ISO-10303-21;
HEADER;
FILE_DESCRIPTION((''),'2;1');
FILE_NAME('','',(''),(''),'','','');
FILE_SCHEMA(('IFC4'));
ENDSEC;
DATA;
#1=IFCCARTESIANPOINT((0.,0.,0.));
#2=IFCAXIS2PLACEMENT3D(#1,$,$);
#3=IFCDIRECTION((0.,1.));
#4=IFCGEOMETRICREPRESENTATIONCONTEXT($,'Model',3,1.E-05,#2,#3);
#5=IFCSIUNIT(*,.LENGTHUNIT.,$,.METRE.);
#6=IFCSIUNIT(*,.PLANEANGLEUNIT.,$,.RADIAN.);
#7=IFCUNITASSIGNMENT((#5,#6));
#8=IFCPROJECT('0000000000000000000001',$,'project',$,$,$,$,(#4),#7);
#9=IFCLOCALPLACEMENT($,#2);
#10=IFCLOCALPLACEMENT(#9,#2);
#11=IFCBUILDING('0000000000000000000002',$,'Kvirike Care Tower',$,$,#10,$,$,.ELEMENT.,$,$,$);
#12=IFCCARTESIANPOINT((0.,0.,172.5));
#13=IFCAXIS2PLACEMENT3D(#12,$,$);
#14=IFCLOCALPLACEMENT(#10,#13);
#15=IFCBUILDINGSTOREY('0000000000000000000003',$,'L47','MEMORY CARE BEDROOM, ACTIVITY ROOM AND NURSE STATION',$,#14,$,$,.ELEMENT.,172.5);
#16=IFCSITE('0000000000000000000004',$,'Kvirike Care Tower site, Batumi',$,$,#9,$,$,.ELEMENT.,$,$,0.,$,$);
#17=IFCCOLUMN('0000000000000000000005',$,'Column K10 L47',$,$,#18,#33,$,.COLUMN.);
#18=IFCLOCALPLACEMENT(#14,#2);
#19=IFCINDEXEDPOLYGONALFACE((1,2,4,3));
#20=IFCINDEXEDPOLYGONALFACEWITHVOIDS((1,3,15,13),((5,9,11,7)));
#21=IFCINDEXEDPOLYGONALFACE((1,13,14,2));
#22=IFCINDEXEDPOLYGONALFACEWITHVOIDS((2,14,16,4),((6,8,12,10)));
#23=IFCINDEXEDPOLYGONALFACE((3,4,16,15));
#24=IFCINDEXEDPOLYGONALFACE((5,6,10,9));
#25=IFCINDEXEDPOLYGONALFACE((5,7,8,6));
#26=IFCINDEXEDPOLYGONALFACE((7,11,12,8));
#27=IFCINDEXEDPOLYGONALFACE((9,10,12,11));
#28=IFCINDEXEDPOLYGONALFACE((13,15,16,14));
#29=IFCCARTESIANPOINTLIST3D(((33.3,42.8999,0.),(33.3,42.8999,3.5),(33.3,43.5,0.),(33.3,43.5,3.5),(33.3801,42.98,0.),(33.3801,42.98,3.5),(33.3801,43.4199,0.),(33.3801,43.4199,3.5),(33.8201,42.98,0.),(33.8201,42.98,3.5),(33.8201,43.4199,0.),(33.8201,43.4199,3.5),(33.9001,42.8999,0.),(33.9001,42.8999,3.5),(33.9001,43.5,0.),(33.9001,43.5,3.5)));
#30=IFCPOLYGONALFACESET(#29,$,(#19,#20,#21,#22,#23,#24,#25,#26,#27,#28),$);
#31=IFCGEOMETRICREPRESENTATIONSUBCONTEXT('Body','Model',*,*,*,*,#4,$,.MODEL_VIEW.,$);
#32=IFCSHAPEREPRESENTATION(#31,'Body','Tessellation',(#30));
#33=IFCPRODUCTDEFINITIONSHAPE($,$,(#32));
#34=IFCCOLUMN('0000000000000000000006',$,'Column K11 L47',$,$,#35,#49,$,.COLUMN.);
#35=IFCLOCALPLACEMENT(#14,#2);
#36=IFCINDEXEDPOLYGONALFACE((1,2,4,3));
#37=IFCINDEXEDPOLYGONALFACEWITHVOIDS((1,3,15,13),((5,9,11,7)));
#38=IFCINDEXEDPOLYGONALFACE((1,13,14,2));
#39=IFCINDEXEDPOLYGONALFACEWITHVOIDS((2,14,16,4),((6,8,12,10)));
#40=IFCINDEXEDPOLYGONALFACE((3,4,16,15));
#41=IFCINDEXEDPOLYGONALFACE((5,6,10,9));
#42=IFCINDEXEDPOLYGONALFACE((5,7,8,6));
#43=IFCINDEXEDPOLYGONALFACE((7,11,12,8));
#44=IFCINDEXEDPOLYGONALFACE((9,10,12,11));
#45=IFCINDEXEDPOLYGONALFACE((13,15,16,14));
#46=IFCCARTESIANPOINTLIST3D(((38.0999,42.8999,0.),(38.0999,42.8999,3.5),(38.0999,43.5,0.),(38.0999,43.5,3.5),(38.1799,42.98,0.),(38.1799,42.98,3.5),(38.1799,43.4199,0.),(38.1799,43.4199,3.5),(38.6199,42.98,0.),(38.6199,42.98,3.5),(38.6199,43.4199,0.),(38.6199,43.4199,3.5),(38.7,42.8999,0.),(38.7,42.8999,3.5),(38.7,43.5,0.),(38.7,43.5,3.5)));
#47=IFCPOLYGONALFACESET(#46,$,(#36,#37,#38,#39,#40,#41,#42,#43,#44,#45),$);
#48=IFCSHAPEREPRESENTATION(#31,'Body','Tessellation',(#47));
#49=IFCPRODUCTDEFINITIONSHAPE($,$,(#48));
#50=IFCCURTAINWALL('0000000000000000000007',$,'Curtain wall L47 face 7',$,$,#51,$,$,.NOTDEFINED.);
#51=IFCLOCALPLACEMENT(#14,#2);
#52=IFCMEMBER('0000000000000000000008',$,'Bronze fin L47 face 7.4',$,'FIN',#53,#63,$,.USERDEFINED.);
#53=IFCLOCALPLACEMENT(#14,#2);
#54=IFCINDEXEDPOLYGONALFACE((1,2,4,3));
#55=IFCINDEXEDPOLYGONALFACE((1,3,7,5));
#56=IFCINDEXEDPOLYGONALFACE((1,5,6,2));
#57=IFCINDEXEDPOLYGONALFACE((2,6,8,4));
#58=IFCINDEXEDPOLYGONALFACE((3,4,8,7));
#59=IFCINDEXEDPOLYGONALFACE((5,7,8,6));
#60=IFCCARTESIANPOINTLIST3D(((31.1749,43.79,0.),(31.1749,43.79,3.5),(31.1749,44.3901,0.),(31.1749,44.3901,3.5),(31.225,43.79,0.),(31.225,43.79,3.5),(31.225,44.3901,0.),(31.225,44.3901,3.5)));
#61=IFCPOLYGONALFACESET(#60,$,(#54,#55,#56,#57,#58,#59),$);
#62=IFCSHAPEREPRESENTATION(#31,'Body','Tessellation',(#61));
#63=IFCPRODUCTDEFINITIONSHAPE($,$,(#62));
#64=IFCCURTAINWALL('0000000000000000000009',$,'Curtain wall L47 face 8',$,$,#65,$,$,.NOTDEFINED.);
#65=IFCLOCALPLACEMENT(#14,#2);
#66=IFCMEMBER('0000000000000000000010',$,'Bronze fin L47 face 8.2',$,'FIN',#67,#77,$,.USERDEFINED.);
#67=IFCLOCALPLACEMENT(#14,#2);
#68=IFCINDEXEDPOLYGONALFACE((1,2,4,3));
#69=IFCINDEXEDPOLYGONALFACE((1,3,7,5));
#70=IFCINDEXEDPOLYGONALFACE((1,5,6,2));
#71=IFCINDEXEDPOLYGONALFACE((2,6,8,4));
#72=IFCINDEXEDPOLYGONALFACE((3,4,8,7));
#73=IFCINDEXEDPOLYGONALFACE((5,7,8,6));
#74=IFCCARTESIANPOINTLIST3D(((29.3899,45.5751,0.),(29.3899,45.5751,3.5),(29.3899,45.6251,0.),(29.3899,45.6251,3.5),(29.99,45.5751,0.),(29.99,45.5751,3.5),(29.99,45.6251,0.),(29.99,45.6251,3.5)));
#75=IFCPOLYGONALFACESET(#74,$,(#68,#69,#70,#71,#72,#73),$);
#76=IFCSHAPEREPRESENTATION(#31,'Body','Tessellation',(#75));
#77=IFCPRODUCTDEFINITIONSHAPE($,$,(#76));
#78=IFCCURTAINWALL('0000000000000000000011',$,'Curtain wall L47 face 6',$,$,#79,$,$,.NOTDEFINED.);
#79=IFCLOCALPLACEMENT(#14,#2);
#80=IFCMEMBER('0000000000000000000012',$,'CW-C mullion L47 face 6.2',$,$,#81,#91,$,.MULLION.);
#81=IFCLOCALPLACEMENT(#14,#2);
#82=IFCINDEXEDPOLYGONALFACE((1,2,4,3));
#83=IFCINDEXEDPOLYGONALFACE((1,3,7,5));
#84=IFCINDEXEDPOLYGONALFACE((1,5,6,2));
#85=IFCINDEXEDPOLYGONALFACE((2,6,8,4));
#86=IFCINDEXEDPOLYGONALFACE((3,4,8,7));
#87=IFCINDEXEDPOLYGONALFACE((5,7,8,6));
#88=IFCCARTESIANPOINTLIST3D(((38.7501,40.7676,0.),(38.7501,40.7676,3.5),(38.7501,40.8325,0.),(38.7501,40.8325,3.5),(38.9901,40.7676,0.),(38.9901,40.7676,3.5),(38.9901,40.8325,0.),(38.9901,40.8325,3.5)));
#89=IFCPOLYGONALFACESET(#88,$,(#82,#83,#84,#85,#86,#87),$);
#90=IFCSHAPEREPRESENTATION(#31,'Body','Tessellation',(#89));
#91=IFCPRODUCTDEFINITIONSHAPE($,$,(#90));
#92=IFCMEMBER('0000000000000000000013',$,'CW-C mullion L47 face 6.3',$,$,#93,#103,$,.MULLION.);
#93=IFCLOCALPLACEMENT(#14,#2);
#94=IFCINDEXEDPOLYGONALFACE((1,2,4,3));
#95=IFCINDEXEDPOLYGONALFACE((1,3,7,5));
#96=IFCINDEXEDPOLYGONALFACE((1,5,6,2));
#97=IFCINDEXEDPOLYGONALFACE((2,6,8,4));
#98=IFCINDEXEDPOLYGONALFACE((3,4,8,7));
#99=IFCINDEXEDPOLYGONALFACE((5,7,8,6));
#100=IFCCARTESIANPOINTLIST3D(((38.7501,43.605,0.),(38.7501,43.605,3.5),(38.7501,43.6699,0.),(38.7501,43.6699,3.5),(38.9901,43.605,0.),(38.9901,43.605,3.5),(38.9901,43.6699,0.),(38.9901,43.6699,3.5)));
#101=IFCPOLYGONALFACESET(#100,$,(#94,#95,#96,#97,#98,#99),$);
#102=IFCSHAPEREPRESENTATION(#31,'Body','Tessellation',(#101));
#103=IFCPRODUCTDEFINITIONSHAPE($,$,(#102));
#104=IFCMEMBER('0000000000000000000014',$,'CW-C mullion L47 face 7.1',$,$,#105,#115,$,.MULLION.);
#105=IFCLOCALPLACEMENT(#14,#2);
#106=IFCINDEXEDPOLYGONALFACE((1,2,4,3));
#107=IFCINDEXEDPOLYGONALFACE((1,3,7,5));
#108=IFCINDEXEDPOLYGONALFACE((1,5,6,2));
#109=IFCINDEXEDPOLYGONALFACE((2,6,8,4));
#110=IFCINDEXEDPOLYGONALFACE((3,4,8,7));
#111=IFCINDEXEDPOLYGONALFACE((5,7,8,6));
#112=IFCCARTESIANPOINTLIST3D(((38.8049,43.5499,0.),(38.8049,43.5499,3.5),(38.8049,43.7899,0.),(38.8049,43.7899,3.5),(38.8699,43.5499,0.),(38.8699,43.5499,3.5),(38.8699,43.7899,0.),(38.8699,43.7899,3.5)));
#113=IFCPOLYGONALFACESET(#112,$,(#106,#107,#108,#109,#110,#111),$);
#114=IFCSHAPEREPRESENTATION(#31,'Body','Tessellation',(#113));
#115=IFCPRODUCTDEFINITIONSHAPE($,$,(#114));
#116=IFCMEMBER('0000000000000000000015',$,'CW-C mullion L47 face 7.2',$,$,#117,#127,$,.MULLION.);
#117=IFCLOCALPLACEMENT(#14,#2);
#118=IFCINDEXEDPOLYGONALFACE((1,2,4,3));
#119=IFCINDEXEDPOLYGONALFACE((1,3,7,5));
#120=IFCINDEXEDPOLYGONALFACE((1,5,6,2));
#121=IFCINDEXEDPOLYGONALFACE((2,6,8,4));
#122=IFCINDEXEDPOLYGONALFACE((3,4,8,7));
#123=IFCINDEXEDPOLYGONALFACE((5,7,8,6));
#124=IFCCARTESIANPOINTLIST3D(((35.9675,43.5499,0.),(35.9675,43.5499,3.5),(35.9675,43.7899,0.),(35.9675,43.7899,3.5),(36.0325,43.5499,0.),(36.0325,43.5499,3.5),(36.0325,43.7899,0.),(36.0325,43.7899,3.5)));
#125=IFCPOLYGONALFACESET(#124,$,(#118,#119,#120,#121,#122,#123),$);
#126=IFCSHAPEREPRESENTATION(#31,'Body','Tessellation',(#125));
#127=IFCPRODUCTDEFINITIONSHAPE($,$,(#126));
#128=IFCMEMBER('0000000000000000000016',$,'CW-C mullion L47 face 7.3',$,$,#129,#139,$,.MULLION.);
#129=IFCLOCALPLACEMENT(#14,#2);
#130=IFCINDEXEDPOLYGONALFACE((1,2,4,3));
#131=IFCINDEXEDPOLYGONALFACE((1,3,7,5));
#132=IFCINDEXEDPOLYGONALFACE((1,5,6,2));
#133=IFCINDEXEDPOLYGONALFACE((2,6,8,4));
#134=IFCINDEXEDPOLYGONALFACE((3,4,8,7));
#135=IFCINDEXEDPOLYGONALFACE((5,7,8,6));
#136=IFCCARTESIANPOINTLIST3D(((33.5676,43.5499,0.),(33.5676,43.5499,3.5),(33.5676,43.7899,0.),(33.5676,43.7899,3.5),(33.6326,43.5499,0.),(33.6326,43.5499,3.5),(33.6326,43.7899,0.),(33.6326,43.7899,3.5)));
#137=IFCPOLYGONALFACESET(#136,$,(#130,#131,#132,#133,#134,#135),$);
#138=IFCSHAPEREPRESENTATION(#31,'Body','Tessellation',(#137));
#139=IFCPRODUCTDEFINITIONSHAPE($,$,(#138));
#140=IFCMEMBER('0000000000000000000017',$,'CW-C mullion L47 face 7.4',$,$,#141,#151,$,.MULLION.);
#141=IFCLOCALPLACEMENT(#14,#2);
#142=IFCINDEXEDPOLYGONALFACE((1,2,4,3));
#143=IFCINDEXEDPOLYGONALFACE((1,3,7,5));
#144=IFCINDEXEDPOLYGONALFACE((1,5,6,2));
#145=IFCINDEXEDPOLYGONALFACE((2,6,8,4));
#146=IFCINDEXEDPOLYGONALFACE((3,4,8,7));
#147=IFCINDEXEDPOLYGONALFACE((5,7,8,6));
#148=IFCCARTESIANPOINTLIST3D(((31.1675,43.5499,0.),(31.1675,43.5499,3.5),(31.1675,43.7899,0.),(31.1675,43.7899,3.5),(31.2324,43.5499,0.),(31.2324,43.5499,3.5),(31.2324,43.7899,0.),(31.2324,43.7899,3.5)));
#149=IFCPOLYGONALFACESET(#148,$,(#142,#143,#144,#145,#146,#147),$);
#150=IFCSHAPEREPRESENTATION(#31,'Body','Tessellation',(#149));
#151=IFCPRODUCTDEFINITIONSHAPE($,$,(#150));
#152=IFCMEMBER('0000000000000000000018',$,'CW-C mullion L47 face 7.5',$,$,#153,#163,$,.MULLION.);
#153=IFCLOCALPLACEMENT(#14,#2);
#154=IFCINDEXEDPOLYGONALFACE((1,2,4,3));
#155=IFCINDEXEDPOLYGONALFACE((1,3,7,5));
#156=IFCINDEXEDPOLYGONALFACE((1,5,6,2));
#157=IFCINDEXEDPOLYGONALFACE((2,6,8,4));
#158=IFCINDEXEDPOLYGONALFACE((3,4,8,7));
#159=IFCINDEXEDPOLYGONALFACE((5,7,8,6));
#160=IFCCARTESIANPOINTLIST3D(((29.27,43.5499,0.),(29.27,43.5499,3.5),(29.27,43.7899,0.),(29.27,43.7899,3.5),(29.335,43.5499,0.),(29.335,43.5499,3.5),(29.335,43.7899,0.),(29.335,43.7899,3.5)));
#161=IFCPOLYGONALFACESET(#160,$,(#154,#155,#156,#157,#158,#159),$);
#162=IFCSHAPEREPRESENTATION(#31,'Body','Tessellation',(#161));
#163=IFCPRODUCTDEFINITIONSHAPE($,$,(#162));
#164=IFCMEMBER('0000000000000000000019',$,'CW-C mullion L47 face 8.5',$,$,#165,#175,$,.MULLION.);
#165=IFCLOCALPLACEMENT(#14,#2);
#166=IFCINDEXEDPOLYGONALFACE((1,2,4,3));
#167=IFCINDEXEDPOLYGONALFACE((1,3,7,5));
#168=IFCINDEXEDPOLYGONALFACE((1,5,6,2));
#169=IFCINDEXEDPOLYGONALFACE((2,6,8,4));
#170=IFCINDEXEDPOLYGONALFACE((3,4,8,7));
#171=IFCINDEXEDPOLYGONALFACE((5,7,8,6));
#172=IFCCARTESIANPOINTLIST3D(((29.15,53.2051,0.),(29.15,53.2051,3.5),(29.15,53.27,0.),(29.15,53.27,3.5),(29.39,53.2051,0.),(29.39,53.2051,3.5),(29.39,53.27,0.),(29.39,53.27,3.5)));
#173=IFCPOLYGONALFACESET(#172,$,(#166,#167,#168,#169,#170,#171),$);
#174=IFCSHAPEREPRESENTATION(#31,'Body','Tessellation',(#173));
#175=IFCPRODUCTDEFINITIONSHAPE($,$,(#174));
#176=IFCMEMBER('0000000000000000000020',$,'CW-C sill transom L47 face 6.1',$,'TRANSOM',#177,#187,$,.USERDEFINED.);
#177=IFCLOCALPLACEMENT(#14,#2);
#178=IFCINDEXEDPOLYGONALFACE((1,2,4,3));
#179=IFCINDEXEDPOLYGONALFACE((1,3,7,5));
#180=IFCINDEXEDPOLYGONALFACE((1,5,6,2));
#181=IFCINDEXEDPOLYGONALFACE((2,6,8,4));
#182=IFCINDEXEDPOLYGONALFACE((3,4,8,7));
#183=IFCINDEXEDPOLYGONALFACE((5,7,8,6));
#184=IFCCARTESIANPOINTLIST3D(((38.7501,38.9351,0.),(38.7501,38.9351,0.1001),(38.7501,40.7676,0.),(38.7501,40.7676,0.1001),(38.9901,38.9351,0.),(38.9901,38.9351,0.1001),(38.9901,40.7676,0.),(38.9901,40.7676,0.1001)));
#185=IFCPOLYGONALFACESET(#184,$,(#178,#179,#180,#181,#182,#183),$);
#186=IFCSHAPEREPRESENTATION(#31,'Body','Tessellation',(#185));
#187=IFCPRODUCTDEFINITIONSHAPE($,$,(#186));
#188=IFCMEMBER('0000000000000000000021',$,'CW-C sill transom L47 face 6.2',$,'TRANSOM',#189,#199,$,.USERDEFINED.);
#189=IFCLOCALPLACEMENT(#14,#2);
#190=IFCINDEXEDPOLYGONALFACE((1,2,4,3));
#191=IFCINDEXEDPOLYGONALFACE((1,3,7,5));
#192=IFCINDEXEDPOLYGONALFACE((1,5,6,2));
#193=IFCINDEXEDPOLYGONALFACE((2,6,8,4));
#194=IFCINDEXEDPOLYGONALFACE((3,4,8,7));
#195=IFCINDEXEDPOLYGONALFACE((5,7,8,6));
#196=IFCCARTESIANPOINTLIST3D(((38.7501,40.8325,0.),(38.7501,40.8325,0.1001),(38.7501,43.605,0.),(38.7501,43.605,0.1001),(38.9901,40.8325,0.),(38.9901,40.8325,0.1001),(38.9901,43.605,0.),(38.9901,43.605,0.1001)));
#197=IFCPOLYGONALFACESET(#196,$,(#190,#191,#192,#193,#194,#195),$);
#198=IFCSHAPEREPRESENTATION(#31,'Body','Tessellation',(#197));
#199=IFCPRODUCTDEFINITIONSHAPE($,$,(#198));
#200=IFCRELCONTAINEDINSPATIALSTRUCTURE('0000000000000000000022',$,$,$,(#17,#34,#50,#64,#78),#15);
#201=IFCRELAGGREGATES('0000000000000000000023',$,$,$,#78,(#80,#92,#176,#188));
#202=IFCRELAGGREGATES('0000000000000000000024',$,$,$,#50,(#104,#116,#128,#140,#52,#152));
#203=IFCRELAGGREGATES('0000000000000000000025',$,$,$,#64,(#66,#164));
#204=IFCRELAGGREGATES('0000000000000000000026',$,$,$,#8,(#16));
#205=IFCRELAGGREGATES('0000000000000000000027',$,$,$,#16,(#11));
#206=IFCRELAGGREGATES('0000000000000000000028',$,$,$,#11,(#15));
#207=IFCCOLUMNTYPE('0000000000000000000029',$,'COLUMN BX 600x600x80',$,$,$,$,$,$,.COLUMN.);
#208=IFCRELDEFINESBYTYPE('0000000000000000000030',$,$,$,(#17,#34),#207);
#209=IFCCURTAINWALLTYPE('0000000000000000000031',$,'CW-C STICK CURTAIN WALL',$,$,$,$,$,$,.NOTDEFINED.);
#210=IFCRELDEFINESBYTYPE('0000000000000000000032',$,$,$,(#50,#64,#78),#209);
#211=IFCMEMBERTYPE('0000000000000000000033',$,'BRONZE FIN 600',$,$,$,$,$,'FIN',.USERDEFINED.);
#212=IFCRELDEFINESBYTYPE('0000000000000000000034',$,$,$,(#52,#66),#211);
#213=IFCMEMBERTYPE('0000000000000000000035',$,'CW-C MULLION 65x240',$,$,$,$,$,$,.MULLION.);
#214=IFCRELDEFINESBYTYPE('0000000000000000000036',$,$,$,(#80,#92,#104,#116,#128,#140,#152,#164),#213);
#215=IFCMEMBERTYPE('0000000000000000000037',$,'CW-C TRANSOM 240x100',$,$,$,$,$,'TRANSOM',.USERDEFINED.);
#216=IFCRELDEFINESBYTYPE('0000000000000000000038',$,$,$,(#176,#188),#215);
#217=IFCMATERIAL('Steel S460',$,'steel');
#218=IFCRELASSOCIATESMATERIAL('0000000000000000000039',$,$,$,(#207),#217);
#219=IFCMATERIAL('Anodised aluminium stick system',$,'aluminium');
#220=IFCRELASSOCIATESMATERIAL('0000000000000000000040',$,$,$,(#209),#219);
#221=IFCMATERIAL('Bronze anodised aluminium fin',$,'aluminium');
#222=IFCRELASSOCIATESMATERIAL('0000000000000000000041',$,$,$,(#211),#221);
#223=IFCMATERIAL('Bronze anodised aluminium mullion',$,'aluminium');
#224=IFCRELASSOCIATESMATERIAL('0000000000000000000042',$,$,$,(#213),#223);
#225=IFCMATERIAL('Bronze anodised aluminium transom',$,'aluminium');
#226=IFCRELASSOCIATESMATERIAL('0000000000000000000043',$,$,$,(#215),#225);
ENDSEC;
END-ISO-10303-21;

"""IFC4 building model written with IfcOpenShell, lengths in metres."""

from ifc_helpers import new_model, si_unit, direction, frame, origin, origin_2d, place, context, subcontext, project, spatial, rectangle, hollow_rectangle, extrude, material, material_profile, profile_set, type_object, element, aggregate, save


model = new_model("IFC4")

# Units and contexts
model_context = context("Model", 3, precision=1e-05, world=origin(), true_north=direction((0.0, 1.0)))
body_context = subcontext(model_context, "Body", "Model", "MODEL_VIEW")
ifc_project = project(units=[si_unit("LENGTHUNIT", "METRE"), si_unit("PLANEANGLEUNIT", "RADIAN")], contexts=[model_context])

# Site, building, storey
site_placement = place(None, origin())
site = spatial("IfcSite", under=ifc_project, at=site_placement, Name="Kvirike Care Tower site, Batumi", CompositionType="ELEMENT", RefElevation=0.0)
building_placement = place(site_placement, origin())
building = spatial("IfcBuilding", under=site, at=building_placement, Name="Kvirike Care Tower", CompositionType="ELEMENT")
storey_placement = place(building_placement, frame((0.0, 0.0, 172.5)))
storey = spatial("IfcBuildingStorey", under=building, at=storey_placement, Name="L47", Description="MEMORY CARE BEDROOM, ACTIVITY ROOM AND NURSE STATION", CompositionType="ELEMENT", Elevation=172.5)

# Columns
ifc_material_1 = material(Name="Steel S460", Category="steel")
ifc_material_profile_1 = material_profile(ifc_material_1, hollow_rectangle(XDim=0.6001, YDim=0.6001, WallThickness=0.0801, at=origin_2d()), Name="BX 600x600x80")
ifc_profile_set_1 = profile_set([ifc_material_profile_1], Name="Steel S460")
column_type = type_object("IfcColumnType", Name="COLUMN BX 600x600x80", PredefinedType="COLUMN", material=ifc_profile_set_1)
for number, where, z_axis, x_axis, name in (
    (1, (33.6001, 43.2, 0.0), (0.0, 0.0, 1.0), (0.0, 1.0, 0.0), "Column K10 L47"),
    (2, (38.3999, 43.2, 0.0), (0.0, 0.0, 1.0), (0.0, 1.0, 0.0), "Column K11 L47"),
):
    element("IfcColumn", number, at=place(storey_placement, frame(where, z_axis=z_axis, x_axis=x_axis)), inside=storey, type_object=column_type, Name=name, PredefinedType="COLUMN", context=body_context, shape_type="SweptSolid", body=[
        extrude(hollow_rectangle(XDim=0.6001, YDim=0.6001, WallThickness=0.0801, at=origin_2d()), origin(), (0.0, 0.0, 1.0), 3.5),
    ])

# Curtain walls, members
ifc_material_2 = material(Name="Anodised aluminium stick system", Category="aluminium")
curtain_wall_type = type_object("IfcCurtainWallType", Name="CW-C STICK CURTAIN WALL", PredefinedType="NOTDEFINED", material=ifc_material_2)
curtain_wall_1_placement = place(storey_placement, origin())
curtain_wall_1 = element("IfcCurtainWall", 3, at=curtain_wall_1_placement, inside=storey, type_object=curtain_wall_type, Name="Curtain wall L47 face 7", PredefinedType="NOTDEFINED")
ifc_material_3 = material(Name="Bronze anodised aluminium fin", Category="aluminium")
ifc_material_profile_2 = material_profile(ifc_material_3, rectangle(XDim=0.05, YDim=0.6001, at=origin_2d()), Name="BRONZE FIN 600")
ifc_profile_set_2 = profile_set([ifc_material_profile_2], Name="Bronze anodised aluminium fin")
member_type_1 = type_object("IfcMemberType", Name="BRONZE FIN 600", ElementType="FIN", PredefinedType="USERDEFINED", material=ifc_profile_set_2)
member_1_placement = place(storey_placement, frame((31.2, 44.0901, 0.0), z_axis=(0.0, 0.0, 1.0), x_axis=(-1.0, 0.0, 0.0)))
member_1 = element("IfcMember", 4, at=member_1_placement, type_object=member_type_1, Name="Bronze fin L47 face 7.4", ObjectType="FIN", PredefinedType="USERDEFINED", context=body_context, shape_type="SweptSolid", body=[
    extrude(rectangle(XDim=0.05, YDim=0.6001, at=origin_2d()), origin(), (0.0, 0.0, 1.0), 3.5),
])
curtain_wall_2_placement = place(storey_placement, origin())
curtain_wall_2 = element("IfcCurtainWall", 5, at=curtain_wall_2_placement, inside=storey, type_object=curtain_wall_type, Name="Curtain wall L47 face 8", PredefinedType="NOTDEFINED")
member_2_placement = place(storey_placement, frame((29.6899, 45.6001, 0.0), z_axis=(0.0, 0.0, 1.0), x_axis=(0.0, 1.0, 0.0)))
member_2 = element("IfcMember", 6, at=member_2_placement, type_object=member_type_1, Name="Bronze fin L47 face 8.2", ObjectType="FIN", PredefinedType="USERDEFINED", context=body_context, shape_type="SweptSolid", body=[
    extrude(rectangle(XDim=0.05, YDim=0.6001, at=origin_2d()), origin(), (0.0, 0.0, 1.0), 3.5),
])

# Curtain wall, members
curtain_wall_3_placement = place(storey_placement, origin())
curtain_wall_3 = element("IfcCurtainWall", 7, at=curtain_wall_3_placement, inside=storey, type_object=curtain_wall_type, Name="Curtain wall L47 face 6", PredefinedType="NOTDEFINED")
ifc_material_4 = material(Name="Bronze anodised aluminium mullion", Category="aluminium")
ifc_material_profile_3 = material_profile(ifc_material_4, rectangle(XDim=0.0649, YDim=0.24, at=origin_2d()), Name="CW-C MULLION 65x240")
ifc_profile_set_3 = profile_set([ifc_material_profile_3], Name="Bronze anodised aluminium mullion")
member_type_2 = type_object("IfcMemberType", Name="CW-C MULLION 65x240", PredefinedType="MULLION", material=ifc_profile_set_3)
member_3_placement = place(storey_placement, frame((38.8701, 40.8, 0.0), z_axis=(0.0, 0.0, 1.0), x_axis=(0.0, 1.0, 0.0)))
member_3 = element("IfcMember", 8, at=member_3_placement, type_object=member_type_2, Name="CW-C mullion L47 face 6.2", PredefinedType="MULLION", context=body_context, shape_type="SweptSolid", body=[
    extrude(rectangle(XDim=0.0649, YDim=0.24, at=origin_2d()), origin(), (0.0, 0.0, 1.0), 3.5),
])
member_4_placement = place(storey_placement, frame((38.8701, 43.6375, 0.0), z_axis=(0.0, 0.0, 1.0), x_axis=(0.0, 1.0, 0.0)))
member_4 = element("IfcMember", 9, at=member_4_placement, type_object=member_type_2, Name="CW-C mullion L47 face 6.3", PredefinedType="MULLION", context=body_context, shape_type="SweptSolid", body=[
    extrude(rectangle(XDim=0.0649, YDim=0.24, at=origin_2d()), origin(), (0.0, 0.0, 1.0), 3.5),
])

# Members
member_5_placement = place(storey_placement, frame((38.8374, 43.6699, 0.0), z_axis=(0.0, 0.0, 1.0), x_axis=(-1.0, 0.0, 0.0)))
member_5 = element("IfcMember", 10, at=member_5_placement, type_object=member_type_2, Name="CW-C mullion L47 face 7.1", PredefinedType="MULLION", context=body_context, shape_type="SweptSolid", body=[
    extrude(rectangle(XDim=0.0649, YDim=0.24, at=origin_2d()), origin(), (0.0, 0.0, 1.0), 3.5),
])
member_6_placement = place(storey_placement, frame((36.0, 43.6699, 0.0), z_axis=(0.0, 0.0, 1.0), x_axis=(-1.0, 0.0, 0.0)))
member_6 = element("IfcMember", 11, at=member_6_placement, type_object=member_type_2, Name="CW-C mullion L47 face 7.2", PredefinedType="MULLION", context=body_context, shape_type="SweptSolid", body=[
    extrude(rectangle(XDim=0.0649, YDim=0.24, at=origin_2d()), origin(), (0.0, 0.0, 1.0), 3.5),
])
member_7_placement = place(storey_placement, frame((33.6001, 43.6699, 0.0), z_axis=(0.0, 0.0, 1.0), x_axis=(-1.0, 0.0, 0.0)))
member_7 = element("IfcMember", 12, at=member_7_placement, type_object=member_type_2, Name="CW-C mullion L47 face 7.3", PredefinedType="MULLION", context=body_context, shape_type="SweptSolid", body=[
    extrude(rectangle(XDim=0.0649, YDim=0.24, at=origin_2d()), origin(), (0.0, 0.0, 1.0), 3.5),
])
member_8_placement = place(storey_placement, frame((31.2, 43.6699, 0.0), z_axis=(0.0, 0.0, 1.0), x_axis=(-1.0, 0.0, 0.0)))
member_8 = element("IfcMember", 13, at=member_8_placement, type_object=member_type_2, Name="CW-C mullion L47 face 7.4", PredefinedType="MULLION", context=body_context, shape_type="SweptSolid", body=[
    extrude(rectangle(XDim=0.0649, YDim=0.24, at=origin_2d()), origin(), (0.0, 0.0, 1.0), 3.5),
])
member_9_placement = place(storey_placement, frame((29.3025, 43.6699, 0.0), z_axis=(0.0, 0.0, 1.0), x_axis=(-1.0, 0.0, 0.0)))
member_9 = element("IfcMember", 14, at=member_9_placement, type_object=member_type_2, Name="CW-C mullion L47 face 7.5", PredefinedType="MULLION", context=body_context, shape_type="SweptSolid", body=[
    extrude(rectangle(XDim=0.0649, YDim=0.24, at=origin_2d()), origin(), (0.0, 0.0, 1.0), 3.5),
])
member_10_placement = place(storey_placement, frame((29.27, 53.2375, 0.0), z_axis=(0.0, 0.0, 1.0), x_axis=(0.0, 1.0, 0.0)))
member_10 = element("IfcMember", 15, at=member_10_placement, type_object=member_type_2, Name="CW-C mullion L47 face 8.5", PredefinedType="MULLION", context=body_context, shape_type="SweptSolid", body=[
    extrude(rectangle(XDim=0.0649, YDim=0.24, at=origin_2d()), origin(), (0.0, 0.0, 1.0), 3.5),
])
ifc_material_5 = material(Name="Bronze anodised aluminium transom", Category="aluminium")
ifc_material_profile_4 = material_profile(ifc_material_5, rectangle(XDim=0.24, YDim=0.1001, at=origin_2d()), Name="CW-C TRANSOM 240x100")
ifc_profile_set_4 = profile_set([ifc_material_profile_4], Name="Bronze anodised aluminium transom")
member_type_3 = type_object("IfcMemberType", Name="CW-C TRANSOM 240x100", ElementType="TRANSOM", PredefinedType="USERDEFINED", material=ifc_profile_set_4)
member_11_placement = place(storey_placement, frame((38.8701, 38.9351, 0.05), z_axis=(0.0, 1.0, 0.0), x_axis=(-1.0, 0.0, 0.0)))
member_11 = element("IfcMember", 16, at=member_11_placement, type_object=member_type_3, Name="CW-C sill transom L47 face 6.1", ObjectType="TRANSOM", PredefinedType="USERDEFINED", context=body_context, shape_type="SweptSolid", body=[
    extrude(rectangle(XDim=0.24, YDim=0.1001, at=origin_2d()), origin(), (0.0, 0.0, 1.0), 1.8325),
])
member_12_placement = place(storey_placement, frame((38.8701, 40.8325, 0.05), z_axis=(0.0, 1.0, 0.0), x_axis=(-1.0, 0.0, 0.0)))
member_12 = element("IfcMember", 17, at=member_12_placement, type_object=member_type_3, Name="CW-C sill transom L47 face 6.2", ObjectType="TRANSOM", PredefinedType="USERDEFINED", context=body_context, shape_type="SweptSolid", body=[
    extrude(rectangle(XDim=0.24, YDim=0.1001, at=origin_2d()), origin(), (0.0, 0.0, 1.0), 2.7725),
])

aggregate(curtain_wall_3, [member_3, member_4, member_11, member_12])
aggregate(curtain_wall_1, [member_5, member_6, member_7, member_8, member_1, member_9])
aggregate(curtain_wall_2, [member_2, member_10])

save(model, "model.ifc")
